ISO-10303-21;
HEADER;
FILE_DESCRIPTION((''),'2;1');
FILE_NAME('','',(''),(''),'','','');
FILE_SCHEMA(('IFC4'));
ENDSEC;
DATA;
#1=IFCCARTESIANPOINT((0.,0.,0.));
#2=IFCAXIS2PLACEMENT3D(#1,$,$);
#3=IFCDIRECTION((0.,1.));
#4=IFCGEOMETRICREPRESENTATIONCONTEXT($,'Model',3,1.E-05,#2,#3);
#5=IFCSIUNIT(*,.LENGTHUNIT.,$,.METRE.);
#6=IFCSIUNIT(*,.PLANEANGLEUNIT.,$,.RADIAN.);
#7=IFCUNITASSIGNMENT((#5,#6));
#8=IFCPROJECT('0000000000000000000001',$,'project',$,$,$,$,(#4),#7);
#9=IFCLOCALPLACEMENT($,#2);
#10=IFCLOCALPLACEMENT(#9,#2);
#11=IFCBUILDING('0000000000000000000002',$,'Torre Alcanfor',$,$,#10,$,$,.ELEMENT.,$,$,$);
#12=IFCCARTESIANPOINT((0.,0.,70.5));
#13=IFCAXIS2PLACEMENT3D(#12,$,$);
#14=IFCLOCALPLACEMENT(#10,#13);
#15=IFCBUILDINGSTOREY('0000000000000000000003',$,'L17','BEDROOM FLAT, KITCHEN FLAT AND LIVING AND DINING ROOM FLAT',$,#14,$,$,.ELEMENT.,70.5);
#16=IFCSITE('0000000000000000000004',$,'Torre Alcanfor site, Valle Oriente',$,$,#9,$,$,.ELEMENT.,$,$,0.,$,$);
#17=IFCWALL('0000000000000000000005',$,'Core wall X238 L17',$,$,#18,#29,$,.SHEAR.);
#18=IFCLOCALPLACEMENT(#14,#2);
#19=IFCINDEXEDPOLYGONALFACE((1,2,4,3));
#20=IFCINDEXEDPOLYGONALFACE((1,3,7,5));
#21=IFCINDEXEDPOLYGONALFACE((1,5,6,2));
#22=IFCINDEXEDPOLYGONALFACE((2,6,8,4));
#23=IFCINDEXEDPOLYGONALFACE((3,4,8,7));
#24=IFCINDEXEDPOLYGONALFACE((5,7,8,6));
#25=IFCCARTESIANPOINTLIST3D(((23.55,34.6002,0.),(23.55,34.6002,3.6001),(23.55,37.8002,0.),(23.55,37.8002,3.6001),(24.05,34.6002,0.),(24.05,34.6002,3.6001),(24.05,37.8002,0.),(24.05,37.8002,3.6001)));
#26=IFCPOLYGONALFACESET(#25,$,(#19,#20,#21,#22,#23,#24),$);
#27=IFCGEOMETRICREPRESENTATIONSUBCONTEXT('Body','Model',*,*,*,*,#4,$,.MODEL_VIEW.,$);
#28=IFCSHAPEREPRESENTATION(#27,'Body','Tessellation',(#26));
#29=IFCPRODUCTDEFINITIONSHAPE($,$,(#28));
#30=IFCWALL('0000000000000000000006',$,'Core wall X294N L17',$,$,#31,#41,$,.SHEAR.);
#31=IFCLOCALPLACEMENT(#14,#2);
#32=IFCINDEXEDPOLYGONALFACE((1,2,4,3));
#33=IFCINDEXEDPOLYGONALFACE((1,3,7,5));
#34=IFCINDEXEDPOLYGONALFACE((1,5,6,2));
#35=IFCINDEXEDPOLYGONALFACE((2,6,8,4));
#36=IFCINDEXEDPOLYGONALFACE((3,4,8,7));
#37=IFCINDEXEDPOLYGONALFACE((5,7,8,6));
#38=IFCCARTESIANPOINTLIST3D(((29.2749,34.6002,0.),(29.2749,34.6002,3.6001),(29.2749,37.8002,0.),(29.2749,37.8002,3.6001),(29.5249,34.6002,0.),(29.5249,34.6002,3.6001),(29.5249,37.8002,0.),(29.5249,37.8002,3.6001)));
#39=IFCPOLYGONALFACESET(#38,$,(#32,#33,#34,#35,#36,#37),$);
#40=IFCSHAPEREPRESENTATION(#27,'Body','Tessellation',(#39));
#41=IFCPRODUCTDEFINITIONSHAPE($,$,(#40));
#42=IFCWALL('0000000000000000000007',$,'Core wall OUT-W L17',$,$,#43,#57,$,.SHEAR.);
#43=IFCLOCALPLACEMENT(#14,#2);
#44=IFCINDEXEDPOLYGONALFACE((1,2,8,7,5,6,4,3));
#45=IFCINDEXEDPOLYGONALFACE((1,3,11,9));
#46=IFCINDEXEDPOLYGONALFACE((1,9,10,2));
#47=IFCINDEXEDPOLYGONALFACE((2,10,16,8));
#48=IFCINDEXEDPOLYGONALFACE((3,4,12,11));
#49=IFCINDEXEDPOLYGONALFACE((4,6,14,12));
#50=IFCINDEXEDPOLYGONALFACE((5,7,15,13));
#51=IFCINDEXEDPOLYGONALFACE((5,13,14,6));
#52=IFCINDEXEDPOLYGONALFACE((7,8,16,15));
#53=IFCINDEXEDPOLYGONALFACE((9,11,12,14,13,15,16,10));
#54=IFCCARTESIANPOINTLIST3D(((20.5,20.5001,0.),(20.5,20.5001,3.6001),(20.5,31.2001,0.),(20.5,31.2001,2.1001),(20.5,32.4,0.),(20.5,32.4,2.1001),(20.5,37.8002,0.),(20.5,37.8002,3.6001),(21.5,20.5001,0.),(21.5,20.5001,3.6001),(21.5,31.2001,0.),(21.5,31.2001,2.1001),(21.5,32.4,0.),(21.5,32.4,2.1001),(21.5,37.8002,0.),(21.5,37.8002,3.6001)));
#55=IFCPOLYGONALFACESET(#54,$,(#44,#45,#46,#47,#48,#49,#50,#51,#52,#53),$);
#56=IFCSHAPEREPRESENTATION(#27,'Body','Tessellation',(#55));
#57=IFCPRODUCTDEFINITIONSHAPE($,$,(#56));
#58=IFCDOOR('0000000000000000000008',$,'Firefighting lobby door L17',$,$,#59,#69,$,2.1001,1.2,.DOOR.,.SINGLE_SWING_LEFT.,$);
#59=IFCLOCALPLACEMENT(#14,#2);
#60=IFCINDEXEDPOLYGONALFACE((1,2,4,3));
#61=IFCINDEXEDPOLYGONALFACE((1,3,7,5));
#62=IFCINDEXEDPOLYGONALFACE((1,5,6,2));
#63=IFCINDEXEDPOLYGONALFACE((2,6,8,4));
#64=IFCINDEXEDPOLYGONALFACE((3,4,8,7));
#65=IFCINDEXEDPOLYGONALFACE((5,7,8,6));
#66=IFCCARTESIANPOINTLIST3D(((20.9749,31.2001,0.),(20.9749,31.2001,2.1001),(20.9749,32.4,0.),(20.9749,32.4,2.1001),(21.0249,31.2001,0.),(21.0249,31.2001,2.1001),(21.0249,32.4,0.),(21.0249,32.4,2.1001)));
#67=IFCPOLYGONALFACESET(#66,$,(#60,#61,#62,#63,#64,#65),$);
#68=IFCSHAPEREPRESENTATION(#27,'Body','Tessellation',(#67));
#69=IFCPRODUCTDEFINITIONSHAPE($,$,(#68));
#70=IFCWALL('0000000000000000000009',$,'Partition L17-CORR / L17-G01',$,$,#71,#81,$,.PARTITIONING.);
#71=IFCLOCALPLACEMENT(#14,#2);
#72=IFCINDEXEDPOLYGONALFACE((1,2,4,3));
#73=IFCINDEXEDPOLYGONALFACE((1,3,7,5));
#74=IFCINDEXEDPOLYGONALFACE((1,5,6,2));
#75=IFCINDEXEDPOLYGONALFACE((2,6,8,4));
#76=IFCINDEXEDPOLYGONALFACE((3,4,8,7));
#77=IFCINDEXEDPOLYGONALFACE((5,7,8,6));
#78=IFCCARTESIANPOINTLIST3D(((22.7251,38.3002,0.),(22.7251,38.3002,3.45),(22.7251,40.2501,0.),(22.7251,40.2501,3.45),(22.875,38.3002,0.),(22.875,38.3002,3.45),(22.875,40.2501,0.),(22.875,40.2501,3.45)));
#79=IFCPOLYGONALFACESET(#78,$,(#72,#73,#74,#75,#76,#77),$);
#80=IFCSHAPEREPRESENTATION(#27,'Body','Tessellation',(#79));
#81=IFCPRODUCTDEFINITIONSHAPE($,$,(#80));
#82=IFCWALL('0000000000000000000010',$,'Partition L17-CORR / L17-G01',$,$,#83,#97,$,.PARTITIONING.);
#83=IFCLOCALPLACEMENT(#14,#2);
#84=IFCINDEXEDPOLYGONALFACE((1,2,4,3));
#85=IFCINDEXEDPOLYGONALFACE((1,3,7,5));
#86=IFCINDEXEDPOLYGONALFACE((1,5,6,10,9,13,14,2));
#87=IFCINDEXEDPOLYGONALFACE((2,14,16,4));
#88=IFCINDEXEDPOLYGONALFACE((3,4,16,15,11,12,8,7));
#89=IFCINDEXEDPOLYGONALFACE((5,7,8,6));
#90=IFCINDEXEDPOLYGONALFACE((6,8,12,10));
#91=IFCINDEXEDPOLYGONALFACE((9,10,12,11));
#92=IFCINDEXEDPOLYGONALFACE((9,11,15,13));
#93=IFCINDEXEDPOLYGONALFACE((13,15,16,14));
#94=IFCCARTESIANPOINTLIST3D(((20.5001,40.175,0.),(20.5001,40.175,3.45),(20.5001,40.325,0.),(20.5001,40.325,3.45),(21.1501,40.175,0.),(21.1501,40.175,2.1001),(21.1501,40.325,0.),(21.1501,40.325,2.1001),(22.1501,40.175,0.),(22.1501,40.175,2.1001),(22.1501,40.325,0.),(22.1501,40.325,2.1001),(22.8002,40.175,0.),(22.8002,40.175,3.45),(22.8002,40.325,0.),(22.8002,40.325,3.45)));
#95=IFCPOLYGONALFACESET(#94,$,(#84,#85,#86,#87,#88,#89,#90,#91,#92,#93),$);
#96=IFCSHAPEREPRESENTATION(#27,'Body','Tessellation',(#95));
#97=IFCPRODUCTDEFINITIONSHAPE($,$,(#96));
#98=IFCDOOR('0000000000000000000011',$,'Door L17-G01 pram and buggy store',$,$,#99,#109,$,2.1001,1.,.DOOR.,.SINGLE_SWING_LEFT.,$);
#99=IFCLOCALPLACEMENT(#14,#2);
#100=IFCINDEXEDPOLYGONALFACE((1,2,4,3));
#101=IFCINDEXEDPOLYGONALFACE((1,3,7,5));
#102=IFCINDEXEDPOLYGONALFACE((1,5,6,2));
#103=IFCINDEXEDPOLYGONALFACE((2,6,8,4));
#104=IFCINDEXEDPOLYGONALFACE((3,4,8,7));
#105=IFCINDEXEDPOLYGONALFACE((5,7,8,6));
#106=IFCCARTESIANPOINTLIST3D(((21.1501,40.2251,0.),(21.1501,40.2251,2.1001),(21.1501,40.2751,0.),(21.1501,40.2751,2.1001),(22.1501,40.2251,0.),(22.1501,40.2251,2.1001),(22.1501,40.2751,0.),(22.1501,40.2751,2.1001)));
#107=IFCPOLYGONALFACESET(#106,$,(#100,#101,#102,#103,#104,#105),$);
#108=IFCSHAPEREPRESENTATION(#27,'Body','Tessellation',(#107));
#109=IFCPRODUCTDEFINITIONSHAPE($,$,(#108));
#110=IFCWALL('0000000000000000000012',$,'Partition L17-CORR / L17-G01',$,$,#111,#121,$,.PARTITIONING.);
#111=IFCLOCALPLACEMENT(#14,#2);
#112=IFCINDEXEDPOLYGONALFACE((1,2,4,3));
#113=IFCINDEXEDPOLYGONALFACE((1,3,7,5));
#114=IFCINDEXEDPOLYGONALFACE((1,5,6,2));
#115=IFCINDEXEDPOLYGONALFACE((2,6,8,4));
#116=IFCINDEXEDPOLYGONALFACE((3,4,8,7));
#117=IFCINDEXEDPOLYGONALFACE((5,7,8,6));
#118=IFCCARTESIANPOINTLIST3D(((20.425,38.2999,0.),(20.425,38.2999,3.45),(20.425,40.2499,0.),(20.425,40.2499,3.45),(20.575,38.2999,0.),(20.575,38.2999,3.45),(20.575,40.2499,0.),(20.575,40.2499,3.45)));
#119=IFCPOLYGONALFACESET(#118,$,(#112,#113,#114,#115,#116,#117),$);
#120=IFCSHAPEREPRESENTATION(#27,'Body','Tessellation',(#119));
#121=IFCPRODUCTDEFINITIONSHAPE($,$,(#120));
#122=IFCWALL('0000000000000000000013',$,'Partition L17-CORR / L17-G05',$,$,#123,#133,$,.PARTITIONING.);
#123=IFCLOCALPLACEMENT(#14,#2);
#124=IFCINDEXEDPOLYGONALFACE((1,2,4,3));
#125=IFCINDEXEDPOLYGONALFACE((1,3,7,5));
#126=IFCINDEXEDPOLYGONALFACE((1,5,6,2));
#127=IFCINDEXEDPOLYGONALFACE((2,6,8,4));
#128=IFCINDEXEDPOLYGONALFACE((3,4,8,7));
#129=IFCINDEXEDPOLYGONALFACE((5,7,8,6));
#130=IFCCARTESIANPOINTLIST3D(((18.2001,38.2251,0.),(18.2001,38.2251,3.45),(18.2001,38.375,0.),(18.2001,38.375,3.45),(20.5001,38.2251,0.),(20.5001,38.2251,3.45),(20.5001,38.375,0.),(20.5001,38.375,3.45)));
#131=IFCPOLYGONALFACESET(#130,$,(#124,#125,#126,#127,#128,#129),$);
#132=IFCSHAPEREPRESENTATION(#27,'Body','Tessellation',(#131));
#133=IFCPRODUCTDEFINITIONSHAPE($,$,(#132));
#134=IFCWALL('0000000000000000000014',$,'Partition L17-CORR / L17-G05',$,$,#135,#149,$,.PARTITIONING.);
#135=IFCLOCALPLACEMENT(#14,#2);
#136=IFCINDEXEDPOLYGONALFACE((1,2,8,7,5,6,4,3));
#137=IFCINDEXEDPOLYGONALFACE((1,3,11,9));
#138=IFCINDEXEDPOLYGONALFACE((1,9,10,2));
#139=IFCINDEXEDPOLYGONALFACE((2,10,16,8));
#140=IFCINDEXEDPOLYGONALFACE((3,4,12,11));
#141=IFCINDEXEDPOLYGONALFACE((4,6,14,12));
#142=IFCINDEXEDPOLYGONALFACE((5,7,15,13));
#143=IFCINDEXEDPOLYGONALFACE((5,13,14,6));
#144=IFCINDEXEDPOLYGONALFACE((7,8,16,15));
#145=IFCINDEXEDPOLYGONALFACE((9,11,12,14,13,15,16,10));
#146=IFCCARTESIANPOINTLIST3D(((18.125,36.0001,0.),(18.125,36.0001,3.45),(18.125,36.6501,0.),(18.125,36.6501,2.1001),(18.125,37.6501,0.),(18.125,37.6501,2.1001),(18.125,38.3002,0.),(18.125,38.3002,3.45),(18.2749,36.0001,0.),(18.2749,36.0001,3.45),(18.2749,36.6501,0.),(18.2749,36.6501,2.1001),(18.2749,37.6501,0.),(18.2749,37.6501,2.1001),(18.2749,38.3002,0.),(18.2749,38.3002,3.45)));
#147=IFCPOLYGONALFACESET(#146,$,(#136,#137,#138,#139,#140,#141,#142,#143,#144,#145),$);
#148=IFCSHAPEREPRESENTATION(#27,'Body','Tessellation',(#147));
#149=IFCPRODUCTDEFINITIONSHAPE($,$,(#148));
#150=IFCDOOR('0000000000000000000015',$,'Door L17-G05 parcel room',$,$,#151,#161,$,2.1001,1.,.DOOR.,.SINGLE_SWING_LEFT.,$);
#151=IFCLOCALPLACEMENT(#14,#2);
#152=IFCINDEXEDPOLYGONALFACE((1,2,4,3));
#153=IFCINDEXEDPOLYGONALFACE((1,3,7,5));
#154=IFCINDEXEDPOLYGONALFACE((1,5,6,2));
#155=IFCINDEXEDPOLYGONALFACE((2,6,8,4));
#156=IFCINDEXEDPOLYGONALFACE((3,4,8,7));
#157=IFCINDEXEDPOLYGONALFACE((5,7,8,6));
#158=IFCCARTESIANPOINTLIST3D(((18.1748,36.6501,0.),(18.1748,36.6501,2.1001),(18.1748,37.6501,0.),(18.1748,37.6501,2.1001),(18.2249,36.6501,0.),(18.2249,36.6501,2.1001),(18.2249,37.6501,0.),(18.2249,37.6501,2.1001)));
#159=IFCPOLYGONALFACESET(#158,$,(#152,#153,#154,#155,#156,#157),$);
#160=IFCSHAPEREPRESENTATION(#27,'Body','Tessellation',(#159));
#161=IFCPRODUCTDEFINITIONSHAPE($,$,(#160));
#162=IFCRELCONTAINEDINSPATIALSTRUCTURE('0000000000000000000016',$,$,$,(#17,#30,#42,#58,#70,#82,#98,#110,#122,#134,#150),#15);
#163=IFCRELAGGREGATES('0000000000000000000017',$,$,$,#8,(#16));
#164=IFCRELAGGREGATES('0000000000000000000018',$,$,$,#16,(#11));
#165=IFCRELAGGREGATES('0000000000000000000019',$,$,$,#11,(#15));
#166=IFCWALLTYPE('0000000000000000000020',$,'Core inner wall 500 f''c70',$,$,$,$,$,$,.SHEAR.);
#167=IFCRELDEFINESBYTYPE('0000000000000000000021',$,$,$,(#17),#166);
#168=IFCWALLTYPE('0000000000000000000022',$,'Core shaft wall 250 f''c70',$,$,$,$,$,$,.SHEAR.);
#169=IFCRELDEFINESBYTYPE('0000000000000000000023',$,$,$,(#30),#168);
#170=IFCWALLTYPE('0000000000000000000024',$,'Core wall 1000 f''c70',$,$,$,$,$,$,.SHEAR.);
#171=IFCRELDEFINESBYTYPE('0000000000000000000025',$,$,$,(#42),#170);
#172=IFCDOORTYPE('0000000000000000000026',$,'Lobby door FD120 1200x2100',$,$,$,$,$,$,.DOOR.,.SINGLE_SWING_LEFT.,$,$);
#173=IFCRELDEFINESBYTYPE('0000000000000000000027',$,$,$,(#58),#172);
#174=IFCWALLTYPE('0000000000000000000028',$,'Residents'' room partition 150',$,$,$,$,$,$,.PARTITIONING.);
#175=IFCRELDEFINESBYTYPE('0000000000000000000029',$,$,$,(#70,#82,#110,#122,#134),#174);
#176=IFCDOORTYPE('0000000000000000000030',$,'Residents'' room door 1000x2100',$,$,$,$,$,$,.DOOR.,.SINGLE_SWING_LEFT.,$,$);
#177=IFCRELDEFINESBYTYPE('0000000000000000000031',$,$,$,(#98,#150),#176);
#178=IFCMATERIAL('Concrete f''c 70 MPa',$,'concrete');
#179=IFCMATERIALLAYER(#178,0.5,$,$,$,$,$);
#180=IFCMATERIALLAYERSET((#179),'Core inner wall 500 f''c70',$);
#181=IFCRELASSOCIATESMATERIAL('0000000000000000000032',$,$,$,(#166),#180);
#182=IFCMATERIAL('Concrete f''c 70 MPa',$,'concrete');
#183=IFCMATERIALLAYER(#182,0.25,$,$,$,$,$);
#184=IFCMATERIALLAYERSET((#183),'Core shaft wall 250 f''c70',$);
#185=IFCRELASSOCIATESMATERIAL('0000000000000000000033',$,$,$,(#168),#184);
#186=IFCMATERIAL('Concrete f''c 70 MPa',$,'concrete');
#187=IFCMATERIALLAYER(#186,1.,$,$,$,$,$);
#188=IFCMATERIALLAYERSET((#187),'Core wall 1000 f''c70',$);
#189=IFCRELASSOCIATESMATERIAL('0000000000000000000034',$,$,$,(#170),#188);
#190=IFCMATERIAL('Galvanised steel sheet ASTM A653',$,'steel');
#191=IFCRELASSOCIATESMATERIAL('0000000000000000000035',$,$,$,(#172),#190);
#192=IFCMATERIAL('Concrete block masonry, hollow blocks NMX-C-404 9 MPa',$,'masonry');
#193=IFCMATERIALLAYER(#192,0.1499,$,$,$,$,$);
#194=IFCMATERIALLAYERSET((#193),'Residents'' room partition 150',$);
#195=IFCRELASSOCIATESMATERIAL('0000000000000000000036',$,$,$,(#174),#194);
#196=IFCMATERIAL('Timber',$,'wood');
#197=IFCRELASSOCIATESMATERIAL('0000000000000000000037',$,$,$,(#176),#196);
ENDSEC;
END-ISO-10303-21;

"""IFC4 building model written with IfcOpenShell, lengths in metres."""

from ifc_helpers import new_model, si_unit, direction, frame, frame_2d, origin, place, context, subcontext, project, spatial, rectangle, extrude, material, layer, layer_set, type_object, element, fill, save


model = new_model("IFC4")

# Units and contexts
model_context = context("Model", 3, precision=1e-05, world=origin(), true_north=direction((0.0, 1.0)))
body_context = subcontext(model_context, "Body", "Model", "MODEL_VIEW")
ifc_project = project(units=[si_unit("LENGTHUNIT", "METRE"), si_unit("PLANEANGLEUNIT", "RADIAN")], contexts=[model_context])

# Site, building, storey
site_placement = place(None, origin())
site = spatial("IfcSite", under=ifc_project, at=site_placement, Name="Torre Alcanfor site, Valle Oriente", CompositionType="ELEMENT", RefElevation=0.0)
building_placement = place(site_placement, origin())
building = spatial("IfcBuilding", under=site, at=building_placement, Name="Torre Alcanfor", CompositionType="ELEMENT")
storey_placement = place(building_placement, frame((0.0, 0.0, 70.5)))
storey = spatial("IfcBuildingStorey", under=building, at=storey_placement, Name="L17", Description="BEDROOM FLAT, KITCHEN FLAT AND LIVING AND DINING ROOM FLAT", CompositionType="ELEMENT", Elevation=70.5)

# Shared definitions
ifc_material_1 = material(Name="Concrete f'c 70 MPa", Category="concrete")
ifc_layer_1 = layer(ifc_material_1, 0.5)
ifc_layer_set_1 = layer_set([ifc_layer_1], Name="Core inner wall 500 f'c70")
wall_type_1 = type_object("IfcWallType", Name="Core inner wall 500 f'c70", PredefinedType="SHEAR", material=ifc_layer_set_1)

# Walls
wall_1_placement = place(storey_placement, frame((23.8, 34.6001, 0.0), z_axis=(0.0, 0.0, 1.0), x_axis=(0.0, 1.0, 0.0)))
element("IfcWall", 1, at=wall_1_placement, inside=storey, type_object=wall_type_1, Name="Core wall X238 L17", PredefinedType="SHEAR", context=body_context, shape_type="SweptSolid", body=[
    extrude(rectangle(XDim=3.2, YDim=0.5, at=frame_2d((1.6001, 0.0))), origin(), (0.0, 0.0, 1.0), 3.6001),
])
ifc_material_2 = material(Name="Concrete f'c 70 MPa", Category="concrete")
ifc_layer_2 = layer(ifc_material_2, 0.25)
ifc_layer_set_2 = layer_set([ifc_layer_2], Name="Core shaft wall 250 f'c70")
wall_type_2 = type_object("IfcWallType", Name="Core shaft wall 250 f'c70", PredefinedType="SHEAR", material=ifc_layer_set_2)
wall_2_placement = place(storey_placement, frame((29.3999, 34.6001, 0.0), z_axis=(0.0, 0.0, 1.0), x_axis=(0.0, 1.0, 0.0)))
element("IfcWall", 2, at=wall_2_placement, inside=storey, type_object=wall_type_2, Name="Core wall X294N L17", PredefinedType="SHEAR", context=body_context, shape_type="SweptSolid", body=[
    extrude(rectangle(XDim=3.2, YDim=0.25, at=frame_2d((1.6001, 0.0))), origin(), (0.0, 0.0, 1.0), 3.6001),
])

# Wall, opening, door
ifc_material_3 = material(Name="Concrete f'c 70 MPa", Category="concrete")
ifc_layer_3 = layer(ifc_material_3, 1.0)
ifc_layer_set_3 = layer_set([ifc_layer_3], Name="Core wall 1000 f'c70")
wall_type_3 = type_object("IfcWallType", Name="Core wall 1000 f'c70", PredefinedType="SHEAR", material=ifc_layer_set_3)
wall_3_placement = place(storey_placement, frame((21.0, 37.8, 0.0), z_axis=(0.0, 0.0, 1.0), x_axis=(0.0, -1.0, 0.0)))
wall_3 = element("IfcWall", 3, at=wall_3_placement, inside=storey, type_object=wall_type_3, Name="Core wall OUT-W L17", PredefinedType="SHEAR", context=body_context, shape_type="SweptSolid", body=[
    extrude(rectangle(XDim=17.3, YDim=1.0, at=frame_2d((8.6499, 0.0))), origin(), (0.0, 0.0, 1.0), 3.6001),
])
opening_1_placement = place(wall_3_placement, frame((5.3999, 0.0, 0.0)))
opening_1 = element("IfcOpeningElement", 4, at=opening_1_placement, cuts=wall_3, PredefinedType="OPENING", context=body_context, shape_type="SweptSolid", body=[
    extrude(rectangle(XDim=1.2, YDim=2.1001, at=frame_2d((0.6001, 1.05))), frame((0.0, 0.51, 0.0), z_axis=(0.0, -1.0, 0.0), x_axis=(1.0, 0.0, 0.0)), (0.0, 0.0, 1.0), 1.02),
])
ifc_material_4 = material(Name="Galvanised steel sheet ASTM A653", Category="steel")
door_type_1 = type_object("IfcDoorType", Name="Lobby door FD120 1200x2100", OperationType="SINGLE_SWING_LEFT", PredefinedType="DOOR", material=ifc_material_4)
door_1_placement = place(opening_1_placement, origin())
door_1 = element("IfcDoor", 5, at=door_1_placement, inside=storey, type_object=door_type_1, Name="Firefighting lobby door L17", OperationType="SINGLE_SWING_LEFT", OverallHeight=2.1001, OverallWidth=1.2, PredefinedType="DOOR", context=body_context, shape_type="SweptSolid", body=[
    extrude(rectangle(XDim=1.2, YDim=2.1001, at=frame_2d((0.6001, 1.05))), frame((0.0, 0.0249, 0.0), z_axis=(0.0, -1.0, 0.0), x_axis=(1.0, 0.0, 0.0)), (0.0, 0.0, 1.0), 0.05),
])
fill(opening_1, door_1)

# Wall
ifc_material_5 = material(Name="Concrete block masonry, hollow blocks NMX-C-404 9 MPa", Category="masonry")
ifc_layer_4 = layer(ifc_material_5, 0.1499)
ifc_layer_set_4 = layer_set([ifc_layer_4], Name="Residents' room partition 150")
wall_type_4 = type_object("IfcWallType", Name="Residents' room partition 150", PredefinedType="PARTITIONING", material=ifc_layer_set_4)
wall_4_placement = place(storey_placement, frame((22.8, 38.3, 0.0), z_axis=(0.0, 0.0, 1.0), x_axis=(0.0, 1.0, 0.0)))
element("IfcWall", 6, at=wall_4_placement, inside=storey, type_object=wall_type_4, Name="Partition L17-CORR / L17-G01", PredefinedType="PARTITIONING", context=body_context, shape_type="SweptSolid", body=[
    extrude(rectangle(XDim=1.95, YDim=0.1499, at=frame_2d((0.9751, 0.0))), origin(), (0.0, 0.0, 1.0), 3.45),
])

# Wall, opening, door
wall_5_placement = place(storey_placement, frame((22.8, 40.25, 0.0), z_axis=(0.0, 0.0, 1.0), x_axis=(-1.0, 0.0, 0.0)))
wall_5 = element("IfcWall", 7, at=wall_5_placement, inside=storey, type_object=wall_type_4, Name="Partition L17-CORR / L17-G01", PredefinedType="PARTITIONING", context=body_context, shape_type="SweptSolid", body=[
    extrude(rectangle(XDim=2.3, YDim=0.1499, at=frame_2d((1.1499, 0.0))), origin(), (0.0, 0.0, 1.0), 3.45),
])
opening_2_placement = place(wall_5_placement, frame((0.6499, 0.0, 0.0)))
opening_2 = element("IfcOpeningElement", 8, at=opening_2_placement, cuts=wall_5, PredefinedType="OPENING", context=body_context, shape_type="SweptSolid", body=[
    extrude(rectangle(XDim=1.0, YDim=2.1001, at=frame_2d((0.5, 1.05))), frame((0.0, 0.085, 0.0), z_axis=(0.0, -1.0, 0.0), x_axis=(1.0, 0.0, 0.0)), (0.0, 0.0, 1.0), 0.1699),
])
ifc_material_6 = material(Name="Timber", Category="wood")
door_type_2 = type_object("IfcDoorType", Name="Residents' room door 1000x2100", OperationType="SINGLE_SWING_LEFT", PredefinedType="DOOR", material=ifc_material_6)
door_2_placement = place(opening_2_placement, origin())
door_2 = element("IfcDoor", 9, at=door_2_placement, inside=storey, type_object=door_type_2, Name="Door L17-G01 pram and buggy store", OperationType="SINGLE_SWING_LEFT", OverallHeight=2.1001, OverallWidth=1.0, PredefinedType="DOOR", context=body_context, shape_type="SweptSolid", body=[
    extrude(rectangle(XDim=1.0, YDim=2.1001, at=frame_2d((0.5, 1.05))), frame((0.0, 0.0249, 0.0), z_axis=(0.0, -1.0, 0.0), x_axis=(1.0, 0.0, 0.0)), (0.0, 0.0, 1.0), 0.05),
])
fill(opening_2, door_2)

# Walls
wall_6_placement = place(storey_placement, frame((20.5, 40.25, 0.0), z_axis=(0.0, 0.0, 1.0), x_axis=(0.0, -1.0, 0.0)))
element("IfcWall", 10, at=wall_6_placement, inside=storey, type_object=wall_type_4, Name="Partition L17-CORR / L17-G01", PredefinedType="PARTITIONING", context=body_context, shape_type="SweptSolid", body=[
    extrude(rectangle(XDim=1.95, YDim=0.1499, at=frame_2d((0.9751, 0.0))), origin(), (0.0, 0.0, 1.0), 3.45),
])
wall_7_placement = place(storey_placement, frame((20.5, 38.3, 0.0), z_axis=(0.0, 0.0, 1.0), x_axis=(-1.0, 0.0, 0.0)))
element("IfcWall", 11, at=wall_7_placement, inside=storey, type_object=wall_type_4, Name="Partition L17-CORR / L17-G05", PredefinedType="PARTITIONING", context=body_context, shape_type="SweptSolid", body=[
    extrude(rectangle(XDim=2.3, YDim=0.1499, at=frame_2d((1.1499, 0.0))), origin(), (0.0, 0.0, 1.0), 3.45),
])

# Wall, opening, door
wall_8_placement = place(storey_placement, frame((18.2, 38.3, 0.0), z_axis=(0.0, 0.0, 1.0), x_axis=(0.0, -1.0, 0.0)))
wall_8 = element("IfcWall", 12, at=wall_8_placement, inside=storey, type_object=wall_type_4, Name="Partition L17-CORR / L17-G05", PredefinedType="PARTITIONING", context=body_context, shape_type="SweptSolid", body=[
    extrude(rectangle(XDim=2.3, YDim=0.1499, at=frame_2d((1.1499, 0.0))), origin(), (0.0, 0.0, 1.0), 3.45),
])
opening_3_placement = place(wall_8_placement, frame((0.6499, 0.0, 0.0)))
opening_3 = element("IfcOpeningElement", 13, at=opening_3_placement, cuts=wall_8, PredefinedType="OPENING", context=body_context, shape_type="SweptSolid", body=[
    extrude(rectangle(XDim=1.0, YDim=2.1001, at=frame_2d((0.5, 1.05))), frame((0.0, 0.085, 0.0), z_axis=(0.0, -1.0, 0.0), x_axis=(1.0, 0.0, 0.0)), (0.0, 0.0, 1.0), 0.1699),
])
door_3_placement = place(opening_3_placement, origin())
door_3 = element("IfcDoor", 14, at=door_3_placement, inside=storey, type_object=door_type_2, Name="Door L17-G05 parcel room", OperationType="SINGLE_SWING_LEFT", OverallHeight=2.1001, OverallWidth=1.0, PredefinedType="DOOR", context=body_context, shape_type="SweptSolid", body=[
    extrude(rectangle(XDim=1.0, YDim=2.1001, at=frame_2d((0.5, 1.05))), frame((0.0, 0.0249, 0.0), z_axis=(0.0, -1.0, 0.0), x_axis=(1.0, 0.0, 0.0)), (0.0, 0.0, 1.0), 0.05),
])
fill(opening_3, door_3)

save(model, "model.ifc")
